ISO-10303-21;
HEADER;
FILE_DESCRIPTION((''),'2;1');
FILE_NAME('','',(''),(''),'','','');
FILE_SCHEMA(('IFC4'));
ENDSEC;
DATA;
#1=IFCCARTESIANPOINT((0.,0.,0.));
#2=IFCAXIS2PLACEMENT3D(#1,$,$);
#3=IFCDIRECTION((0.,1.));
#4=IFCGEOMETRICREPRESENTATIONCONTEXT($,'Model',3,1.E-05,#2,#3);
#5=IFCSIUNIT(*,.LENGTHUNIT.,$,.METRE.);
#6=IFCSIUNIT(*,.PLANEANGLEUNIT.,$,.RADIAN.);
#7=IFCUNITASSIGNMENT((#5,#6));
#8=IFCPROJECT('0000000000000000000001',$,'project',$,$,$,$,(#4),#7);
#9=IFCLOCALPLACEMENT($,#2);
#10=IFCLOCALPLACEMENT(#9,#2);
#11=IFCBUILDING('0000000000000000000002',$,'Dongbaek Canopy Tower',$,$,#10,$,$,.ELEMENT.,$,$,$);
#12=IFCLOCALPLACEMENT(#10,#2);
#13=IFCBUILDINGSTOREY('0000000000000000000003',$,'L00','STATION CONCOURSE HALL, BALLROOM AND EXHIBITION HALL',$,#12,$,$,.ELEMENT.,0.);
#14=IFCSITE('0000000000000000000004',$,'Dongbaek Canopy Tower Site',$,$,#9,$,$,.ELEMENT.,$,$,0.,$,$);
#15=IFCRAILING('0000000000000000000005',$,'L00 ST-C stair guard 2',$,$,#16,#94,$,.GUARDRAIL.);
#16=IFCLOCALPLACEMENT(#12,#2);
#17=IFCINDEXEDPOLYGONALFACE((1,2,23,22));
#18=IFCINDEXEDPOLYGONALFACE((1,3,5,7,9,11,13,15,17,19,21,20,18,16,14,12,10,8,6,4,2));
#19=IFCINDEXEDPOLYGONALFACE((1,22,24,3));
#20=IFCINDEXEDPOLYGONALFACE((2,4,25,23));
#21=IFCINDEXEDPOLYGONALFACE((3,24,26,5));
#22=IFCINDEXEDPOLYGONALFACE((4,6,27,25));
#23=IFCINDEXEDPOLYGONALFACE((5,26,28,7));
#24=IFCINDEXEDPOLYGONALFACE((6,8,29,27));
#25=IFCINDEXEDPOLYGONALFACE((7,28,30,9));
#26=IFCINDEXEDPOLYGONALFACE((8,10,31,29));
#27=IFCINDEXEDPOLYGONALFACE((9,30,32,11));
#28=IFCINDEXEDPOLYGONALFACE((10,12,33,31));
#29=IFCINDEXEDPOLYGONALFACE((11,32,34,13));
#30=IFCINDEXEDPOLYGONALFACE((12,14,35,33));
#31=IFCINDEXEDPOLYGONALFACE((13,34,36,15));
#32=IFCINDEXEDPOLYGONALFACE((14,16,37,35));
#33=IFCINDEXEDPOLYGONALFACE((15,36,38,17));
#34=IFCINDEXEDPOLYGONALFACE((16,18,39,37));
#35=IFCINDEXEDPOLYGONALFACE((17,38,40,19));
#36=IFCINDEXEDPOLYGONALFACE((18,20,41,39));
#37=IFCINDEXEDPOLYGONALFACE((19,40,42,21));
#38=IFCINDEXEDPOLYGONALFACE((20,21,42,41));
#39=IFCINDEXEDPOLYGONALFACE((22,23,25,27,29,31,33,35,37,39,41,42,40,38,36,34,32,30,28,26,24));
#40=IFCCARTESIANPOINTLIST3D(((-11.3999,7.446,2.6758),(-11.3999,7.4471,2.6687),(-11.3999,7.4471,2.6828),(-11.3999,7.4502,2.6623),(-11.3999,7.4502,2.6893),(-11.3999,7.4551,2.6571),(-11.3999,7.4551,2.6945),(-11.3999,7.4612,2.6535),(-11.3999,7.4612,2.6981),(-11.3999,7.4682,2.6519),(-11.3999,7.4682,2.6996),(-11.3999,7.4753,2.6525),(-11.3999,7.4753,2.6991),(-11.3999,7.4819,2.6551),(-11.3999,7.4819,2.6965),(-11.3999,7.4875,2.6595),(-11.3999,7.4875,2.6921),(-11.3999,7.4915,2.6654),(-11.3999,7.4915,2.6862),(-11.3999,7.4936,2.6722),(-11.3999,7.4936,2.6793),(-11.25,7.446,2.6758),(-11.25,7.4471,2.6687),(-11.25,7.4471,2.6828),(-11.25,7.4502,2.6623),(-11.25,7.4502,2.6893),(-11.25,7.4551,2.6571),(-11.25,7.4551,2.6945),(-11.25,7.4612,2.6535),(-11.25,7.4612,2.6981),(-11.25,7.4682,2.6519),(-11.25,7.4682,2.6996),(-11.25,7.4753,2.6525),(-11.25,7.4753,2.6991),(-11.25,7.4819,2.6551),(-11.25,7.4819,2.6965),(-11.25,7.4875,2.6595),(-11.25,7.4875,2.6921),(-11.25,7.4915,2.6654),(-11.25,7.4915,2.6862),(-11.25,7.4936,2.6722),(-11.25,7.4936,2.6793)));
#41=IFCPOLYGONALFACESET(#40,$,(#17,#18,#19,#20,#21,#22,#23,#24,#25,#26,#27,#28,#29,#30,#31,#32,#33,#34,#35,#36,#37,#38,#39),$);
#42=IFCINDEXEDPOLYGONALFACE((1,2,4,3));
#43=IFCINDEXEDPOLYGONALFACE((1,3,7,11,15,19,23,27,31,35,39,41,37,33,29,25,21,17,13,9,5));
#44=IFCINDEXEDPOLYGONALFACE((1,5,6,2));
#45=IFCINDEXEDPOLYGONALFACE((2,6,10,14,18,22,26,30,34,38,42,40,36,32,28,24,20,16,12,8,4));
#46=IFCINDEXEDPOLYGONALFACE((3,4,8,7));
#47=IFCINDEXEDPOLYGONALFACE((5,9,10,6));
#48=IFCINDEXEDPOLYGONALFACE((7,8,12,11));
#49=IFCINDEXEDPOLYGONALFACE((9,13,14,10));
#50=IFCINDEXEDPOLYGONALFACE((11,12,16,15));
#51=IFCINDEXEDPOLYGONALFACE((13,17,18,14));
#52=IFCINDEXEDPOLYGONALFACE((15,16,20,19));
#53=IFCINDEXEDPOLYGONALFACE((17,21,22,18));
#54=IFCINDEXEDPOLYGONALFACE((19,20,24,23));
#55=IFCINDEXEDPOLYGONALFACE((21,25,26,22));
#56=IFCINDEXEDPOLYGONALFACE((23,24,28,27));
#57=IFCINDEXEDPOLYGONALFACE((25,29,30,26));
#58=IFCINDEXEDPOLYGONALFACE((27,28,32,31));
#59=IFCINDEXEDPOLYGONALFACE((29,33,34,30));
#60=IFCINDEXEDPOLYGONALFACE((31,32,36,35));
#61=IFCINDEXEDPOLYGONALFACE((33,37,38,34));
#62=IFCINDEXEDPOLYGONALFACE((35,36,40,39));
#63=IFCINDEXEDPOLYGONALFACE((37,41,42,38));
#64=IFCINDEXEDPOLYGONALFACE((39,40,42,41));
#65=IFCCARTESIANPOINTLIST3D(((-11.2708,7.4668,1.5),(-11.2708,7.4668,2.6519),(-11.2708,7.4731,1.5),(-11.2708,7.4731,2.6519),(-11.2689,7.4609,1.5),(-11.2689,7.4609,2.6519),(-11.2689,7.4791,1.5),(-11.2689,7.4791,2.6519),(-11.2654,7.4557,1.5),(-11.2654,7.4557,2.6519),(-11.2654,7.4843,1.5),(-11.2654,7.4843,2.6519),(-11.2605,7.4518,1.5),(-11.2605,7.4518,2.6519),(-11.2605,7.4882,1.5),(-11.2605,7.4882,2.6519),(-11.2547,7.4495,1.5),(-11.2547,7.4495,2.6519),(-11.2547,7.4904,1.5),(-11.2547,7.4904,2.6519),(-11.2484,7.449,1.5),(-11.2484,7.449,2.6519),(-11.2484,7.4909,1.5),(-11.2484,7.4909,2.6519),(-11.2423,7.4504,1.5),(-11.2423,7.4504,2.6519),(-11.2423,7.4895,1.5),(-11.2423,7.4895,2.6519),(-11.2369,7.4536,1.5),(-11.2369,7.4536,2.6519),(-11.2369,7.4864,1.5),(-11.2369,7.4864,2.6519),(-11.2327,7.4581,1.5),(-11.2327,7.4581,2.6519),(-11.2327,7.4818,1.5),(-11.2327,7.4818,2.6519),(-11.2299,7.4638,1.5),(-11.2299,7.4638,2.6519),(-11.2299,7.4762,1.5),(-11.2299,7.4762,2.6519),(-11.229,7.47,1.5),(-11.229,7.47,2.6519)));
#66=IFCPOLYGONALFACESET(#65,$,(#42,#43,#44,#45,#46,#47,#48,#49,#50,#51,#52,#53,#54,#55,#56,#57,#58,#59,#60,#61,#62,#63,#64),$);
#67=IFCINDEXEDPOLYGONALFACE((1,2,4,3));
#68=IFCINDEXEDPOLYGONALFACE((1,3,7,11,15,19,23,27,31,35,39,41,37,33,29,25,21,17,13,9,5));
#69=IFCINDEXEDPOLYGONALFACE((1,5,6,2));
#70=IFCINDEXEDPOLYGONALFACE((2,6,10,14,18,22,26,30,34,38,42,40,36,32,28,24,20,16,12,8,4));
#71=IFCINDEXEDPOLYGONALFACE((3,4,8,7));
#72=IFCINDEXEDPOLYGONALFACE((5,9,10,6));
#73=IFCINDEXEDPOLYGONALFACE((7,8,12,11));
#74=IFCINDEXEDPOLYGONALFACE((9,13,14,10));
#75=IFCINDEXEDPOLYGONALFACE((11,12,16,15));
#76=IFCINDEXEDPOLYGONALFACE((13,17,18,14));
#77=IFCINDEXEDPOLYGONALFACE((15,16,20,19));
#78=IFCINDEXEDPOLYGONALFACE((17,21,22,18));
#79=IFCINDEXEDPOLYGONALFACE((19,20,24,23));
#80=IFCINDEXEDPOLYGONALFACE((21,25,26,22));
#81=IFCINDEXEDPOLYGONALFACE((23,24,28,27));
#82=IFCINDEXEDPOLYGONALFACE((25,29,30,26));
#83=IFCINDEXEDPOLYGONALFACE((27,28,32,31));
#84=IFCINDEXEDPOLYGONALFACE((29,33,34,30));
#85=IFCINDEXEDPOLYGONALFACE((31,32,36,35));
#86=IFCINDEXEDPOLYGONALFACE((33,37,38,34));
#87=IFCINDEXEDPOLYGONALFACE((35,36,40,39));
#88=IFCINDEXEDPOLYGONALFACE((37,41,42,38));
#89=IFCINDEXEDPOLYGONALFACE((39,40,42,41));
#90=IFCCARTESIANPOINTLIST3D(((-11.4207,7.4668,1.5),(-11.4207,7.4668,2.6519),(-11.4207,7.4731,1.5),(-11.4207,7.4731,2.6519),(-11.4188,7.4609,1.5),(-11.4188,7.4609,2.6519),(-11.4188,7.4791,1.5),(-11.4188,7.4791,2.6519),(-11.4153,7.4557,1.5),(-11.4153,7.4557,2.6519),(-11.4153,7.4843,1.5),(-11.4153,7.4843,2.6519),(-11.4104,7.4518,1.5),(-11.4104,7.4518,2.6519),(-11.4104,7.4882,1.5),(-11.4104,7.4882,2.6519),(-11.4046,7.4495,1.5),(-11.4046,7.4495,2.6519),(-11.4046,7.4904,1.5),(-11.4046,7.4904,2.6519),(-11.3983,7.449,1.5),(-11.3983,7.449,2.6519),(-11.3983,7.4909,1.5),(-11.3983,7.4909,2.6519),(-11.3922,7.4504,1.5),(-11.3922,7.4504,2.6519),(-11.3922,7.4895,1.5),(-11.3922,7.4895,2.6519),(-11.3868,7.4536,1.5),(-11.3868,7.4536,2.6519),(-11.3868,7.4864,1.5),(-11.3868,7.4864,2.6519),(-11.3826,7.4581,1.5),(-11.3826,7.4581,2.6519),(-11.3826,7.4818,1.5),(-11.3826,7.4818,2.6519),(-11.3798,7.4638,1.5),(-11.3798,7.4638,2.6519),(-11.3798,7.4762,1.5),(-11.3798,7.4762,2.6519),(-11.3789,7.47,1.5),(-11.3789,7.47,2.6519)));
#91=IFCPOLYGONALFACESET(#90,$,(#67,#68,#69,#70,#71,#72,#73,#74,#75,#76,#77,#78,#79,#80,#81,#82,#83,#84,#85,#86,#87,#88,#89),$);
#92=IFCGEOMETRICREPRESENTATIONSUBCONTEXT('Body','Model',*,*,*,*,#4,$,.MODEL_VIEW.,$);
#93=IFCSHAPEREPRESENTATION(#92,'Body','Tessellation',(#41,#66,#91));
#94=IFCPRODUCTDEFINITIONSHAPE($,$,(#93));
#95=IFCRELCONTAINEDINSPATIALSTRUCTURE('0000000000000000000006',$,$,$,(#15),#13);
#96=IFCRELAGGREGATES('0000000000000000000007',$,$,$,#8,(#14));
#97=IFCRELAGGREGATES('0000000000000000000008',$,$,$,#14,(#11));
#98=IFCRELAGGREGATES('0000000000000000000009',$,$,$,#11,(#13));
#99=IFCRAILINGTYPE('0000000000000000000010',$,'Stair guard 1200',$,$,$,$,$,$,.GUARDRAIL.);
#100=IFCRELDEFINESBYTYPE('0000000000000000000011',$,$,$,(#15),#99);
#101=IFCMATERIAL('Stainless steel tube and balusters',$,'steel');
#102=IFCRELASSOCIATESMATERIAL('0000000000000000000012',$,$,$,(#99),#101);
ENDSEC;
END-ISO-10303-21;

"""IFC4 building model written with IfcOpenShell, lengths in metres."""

from ifc_helpers import new_model, si_unit, direction, frame, origin, origin_2d, place, context, subcontext, project, spatial, circle, extrude, material, type_object, element, save


model = new_model("IFC4")

# Units and contexts
model_context = context("Model", 3, precision=1e-05, world=origin(), true_north=direction((0.0, 1.0)))
body_context = subcontext(model_context, "Body", "Model", "MODEL_VIEW")
ifc_project = project(units=[si_unit("LENGTHUNIT", "METRE"), si_unit("PLANEANGLEUNIT", "RADIAN")], contexts=[model_context])

# Site, building, storey
site_placement = place(None, origin())
site = spatial("IfcSite", under=ifc_project, at=site_placement, Name="Dongbaek Canopy Tower Site", CompositionType="ELEMENT", RefElevation=0.0)
building_placement = place(site_placement, origin())
building = spatial("IfcBuilding", under=site, at=building_placement, Name="Dongbaek Canopy Tower", CompositionType="ELEMENT")
storey_placement = place(building_placement, origin())
storey = spatial("IfcBuildingStorey", under=building, at=storey_placement, Name="L00", Description="STATION CONCOURSE HALL, BALLROOM AND EXHIBITION HALL", CompositionType="ELEMENT", Elevation=0.0)

# Railing
ifc_material_1 = material(Name="Stainless steel tube and balusters", Category="steel")
railing_type_1 = type_object("IfcRailingType", Name="Stair guard 1200", PredefinedType="GUARDRAIL", material=ifc_material_1)
railing_1_placement = place(storey_placement, frame((-11.25, 7.47, 1.5)))
element("IfcRailing", 1, at=railing_1_placement, inside=storey, type_object=railing_type_1, Name="L00 ST-C stair guard 2", PredefinedType="GUARDRAIL", context=body_context, shape_type="SweptSolid", body=[
    extrude(circle(Radius=0.0239, at=origin_2d()), frame((0.0, 0.0, 1.1758), z_axis=(-1.0, 0.0, 0.0), x_axis=(0.0, -1.0, 0.0)), (0.0, 0.0, 1.0), 0.1499),
    extrude(circle(Radius=0.021, at=origin_2d()), origin(), (0.0, 0.0, 1.0), 1.1519),
    extrude(circle(Radius=0.021, at=origin_2d()), frame((-0.1499, 0.0, 0.0)), (0.0, 0.0, 1.0), 1.1519),
])

save(model, "model.ifc")
